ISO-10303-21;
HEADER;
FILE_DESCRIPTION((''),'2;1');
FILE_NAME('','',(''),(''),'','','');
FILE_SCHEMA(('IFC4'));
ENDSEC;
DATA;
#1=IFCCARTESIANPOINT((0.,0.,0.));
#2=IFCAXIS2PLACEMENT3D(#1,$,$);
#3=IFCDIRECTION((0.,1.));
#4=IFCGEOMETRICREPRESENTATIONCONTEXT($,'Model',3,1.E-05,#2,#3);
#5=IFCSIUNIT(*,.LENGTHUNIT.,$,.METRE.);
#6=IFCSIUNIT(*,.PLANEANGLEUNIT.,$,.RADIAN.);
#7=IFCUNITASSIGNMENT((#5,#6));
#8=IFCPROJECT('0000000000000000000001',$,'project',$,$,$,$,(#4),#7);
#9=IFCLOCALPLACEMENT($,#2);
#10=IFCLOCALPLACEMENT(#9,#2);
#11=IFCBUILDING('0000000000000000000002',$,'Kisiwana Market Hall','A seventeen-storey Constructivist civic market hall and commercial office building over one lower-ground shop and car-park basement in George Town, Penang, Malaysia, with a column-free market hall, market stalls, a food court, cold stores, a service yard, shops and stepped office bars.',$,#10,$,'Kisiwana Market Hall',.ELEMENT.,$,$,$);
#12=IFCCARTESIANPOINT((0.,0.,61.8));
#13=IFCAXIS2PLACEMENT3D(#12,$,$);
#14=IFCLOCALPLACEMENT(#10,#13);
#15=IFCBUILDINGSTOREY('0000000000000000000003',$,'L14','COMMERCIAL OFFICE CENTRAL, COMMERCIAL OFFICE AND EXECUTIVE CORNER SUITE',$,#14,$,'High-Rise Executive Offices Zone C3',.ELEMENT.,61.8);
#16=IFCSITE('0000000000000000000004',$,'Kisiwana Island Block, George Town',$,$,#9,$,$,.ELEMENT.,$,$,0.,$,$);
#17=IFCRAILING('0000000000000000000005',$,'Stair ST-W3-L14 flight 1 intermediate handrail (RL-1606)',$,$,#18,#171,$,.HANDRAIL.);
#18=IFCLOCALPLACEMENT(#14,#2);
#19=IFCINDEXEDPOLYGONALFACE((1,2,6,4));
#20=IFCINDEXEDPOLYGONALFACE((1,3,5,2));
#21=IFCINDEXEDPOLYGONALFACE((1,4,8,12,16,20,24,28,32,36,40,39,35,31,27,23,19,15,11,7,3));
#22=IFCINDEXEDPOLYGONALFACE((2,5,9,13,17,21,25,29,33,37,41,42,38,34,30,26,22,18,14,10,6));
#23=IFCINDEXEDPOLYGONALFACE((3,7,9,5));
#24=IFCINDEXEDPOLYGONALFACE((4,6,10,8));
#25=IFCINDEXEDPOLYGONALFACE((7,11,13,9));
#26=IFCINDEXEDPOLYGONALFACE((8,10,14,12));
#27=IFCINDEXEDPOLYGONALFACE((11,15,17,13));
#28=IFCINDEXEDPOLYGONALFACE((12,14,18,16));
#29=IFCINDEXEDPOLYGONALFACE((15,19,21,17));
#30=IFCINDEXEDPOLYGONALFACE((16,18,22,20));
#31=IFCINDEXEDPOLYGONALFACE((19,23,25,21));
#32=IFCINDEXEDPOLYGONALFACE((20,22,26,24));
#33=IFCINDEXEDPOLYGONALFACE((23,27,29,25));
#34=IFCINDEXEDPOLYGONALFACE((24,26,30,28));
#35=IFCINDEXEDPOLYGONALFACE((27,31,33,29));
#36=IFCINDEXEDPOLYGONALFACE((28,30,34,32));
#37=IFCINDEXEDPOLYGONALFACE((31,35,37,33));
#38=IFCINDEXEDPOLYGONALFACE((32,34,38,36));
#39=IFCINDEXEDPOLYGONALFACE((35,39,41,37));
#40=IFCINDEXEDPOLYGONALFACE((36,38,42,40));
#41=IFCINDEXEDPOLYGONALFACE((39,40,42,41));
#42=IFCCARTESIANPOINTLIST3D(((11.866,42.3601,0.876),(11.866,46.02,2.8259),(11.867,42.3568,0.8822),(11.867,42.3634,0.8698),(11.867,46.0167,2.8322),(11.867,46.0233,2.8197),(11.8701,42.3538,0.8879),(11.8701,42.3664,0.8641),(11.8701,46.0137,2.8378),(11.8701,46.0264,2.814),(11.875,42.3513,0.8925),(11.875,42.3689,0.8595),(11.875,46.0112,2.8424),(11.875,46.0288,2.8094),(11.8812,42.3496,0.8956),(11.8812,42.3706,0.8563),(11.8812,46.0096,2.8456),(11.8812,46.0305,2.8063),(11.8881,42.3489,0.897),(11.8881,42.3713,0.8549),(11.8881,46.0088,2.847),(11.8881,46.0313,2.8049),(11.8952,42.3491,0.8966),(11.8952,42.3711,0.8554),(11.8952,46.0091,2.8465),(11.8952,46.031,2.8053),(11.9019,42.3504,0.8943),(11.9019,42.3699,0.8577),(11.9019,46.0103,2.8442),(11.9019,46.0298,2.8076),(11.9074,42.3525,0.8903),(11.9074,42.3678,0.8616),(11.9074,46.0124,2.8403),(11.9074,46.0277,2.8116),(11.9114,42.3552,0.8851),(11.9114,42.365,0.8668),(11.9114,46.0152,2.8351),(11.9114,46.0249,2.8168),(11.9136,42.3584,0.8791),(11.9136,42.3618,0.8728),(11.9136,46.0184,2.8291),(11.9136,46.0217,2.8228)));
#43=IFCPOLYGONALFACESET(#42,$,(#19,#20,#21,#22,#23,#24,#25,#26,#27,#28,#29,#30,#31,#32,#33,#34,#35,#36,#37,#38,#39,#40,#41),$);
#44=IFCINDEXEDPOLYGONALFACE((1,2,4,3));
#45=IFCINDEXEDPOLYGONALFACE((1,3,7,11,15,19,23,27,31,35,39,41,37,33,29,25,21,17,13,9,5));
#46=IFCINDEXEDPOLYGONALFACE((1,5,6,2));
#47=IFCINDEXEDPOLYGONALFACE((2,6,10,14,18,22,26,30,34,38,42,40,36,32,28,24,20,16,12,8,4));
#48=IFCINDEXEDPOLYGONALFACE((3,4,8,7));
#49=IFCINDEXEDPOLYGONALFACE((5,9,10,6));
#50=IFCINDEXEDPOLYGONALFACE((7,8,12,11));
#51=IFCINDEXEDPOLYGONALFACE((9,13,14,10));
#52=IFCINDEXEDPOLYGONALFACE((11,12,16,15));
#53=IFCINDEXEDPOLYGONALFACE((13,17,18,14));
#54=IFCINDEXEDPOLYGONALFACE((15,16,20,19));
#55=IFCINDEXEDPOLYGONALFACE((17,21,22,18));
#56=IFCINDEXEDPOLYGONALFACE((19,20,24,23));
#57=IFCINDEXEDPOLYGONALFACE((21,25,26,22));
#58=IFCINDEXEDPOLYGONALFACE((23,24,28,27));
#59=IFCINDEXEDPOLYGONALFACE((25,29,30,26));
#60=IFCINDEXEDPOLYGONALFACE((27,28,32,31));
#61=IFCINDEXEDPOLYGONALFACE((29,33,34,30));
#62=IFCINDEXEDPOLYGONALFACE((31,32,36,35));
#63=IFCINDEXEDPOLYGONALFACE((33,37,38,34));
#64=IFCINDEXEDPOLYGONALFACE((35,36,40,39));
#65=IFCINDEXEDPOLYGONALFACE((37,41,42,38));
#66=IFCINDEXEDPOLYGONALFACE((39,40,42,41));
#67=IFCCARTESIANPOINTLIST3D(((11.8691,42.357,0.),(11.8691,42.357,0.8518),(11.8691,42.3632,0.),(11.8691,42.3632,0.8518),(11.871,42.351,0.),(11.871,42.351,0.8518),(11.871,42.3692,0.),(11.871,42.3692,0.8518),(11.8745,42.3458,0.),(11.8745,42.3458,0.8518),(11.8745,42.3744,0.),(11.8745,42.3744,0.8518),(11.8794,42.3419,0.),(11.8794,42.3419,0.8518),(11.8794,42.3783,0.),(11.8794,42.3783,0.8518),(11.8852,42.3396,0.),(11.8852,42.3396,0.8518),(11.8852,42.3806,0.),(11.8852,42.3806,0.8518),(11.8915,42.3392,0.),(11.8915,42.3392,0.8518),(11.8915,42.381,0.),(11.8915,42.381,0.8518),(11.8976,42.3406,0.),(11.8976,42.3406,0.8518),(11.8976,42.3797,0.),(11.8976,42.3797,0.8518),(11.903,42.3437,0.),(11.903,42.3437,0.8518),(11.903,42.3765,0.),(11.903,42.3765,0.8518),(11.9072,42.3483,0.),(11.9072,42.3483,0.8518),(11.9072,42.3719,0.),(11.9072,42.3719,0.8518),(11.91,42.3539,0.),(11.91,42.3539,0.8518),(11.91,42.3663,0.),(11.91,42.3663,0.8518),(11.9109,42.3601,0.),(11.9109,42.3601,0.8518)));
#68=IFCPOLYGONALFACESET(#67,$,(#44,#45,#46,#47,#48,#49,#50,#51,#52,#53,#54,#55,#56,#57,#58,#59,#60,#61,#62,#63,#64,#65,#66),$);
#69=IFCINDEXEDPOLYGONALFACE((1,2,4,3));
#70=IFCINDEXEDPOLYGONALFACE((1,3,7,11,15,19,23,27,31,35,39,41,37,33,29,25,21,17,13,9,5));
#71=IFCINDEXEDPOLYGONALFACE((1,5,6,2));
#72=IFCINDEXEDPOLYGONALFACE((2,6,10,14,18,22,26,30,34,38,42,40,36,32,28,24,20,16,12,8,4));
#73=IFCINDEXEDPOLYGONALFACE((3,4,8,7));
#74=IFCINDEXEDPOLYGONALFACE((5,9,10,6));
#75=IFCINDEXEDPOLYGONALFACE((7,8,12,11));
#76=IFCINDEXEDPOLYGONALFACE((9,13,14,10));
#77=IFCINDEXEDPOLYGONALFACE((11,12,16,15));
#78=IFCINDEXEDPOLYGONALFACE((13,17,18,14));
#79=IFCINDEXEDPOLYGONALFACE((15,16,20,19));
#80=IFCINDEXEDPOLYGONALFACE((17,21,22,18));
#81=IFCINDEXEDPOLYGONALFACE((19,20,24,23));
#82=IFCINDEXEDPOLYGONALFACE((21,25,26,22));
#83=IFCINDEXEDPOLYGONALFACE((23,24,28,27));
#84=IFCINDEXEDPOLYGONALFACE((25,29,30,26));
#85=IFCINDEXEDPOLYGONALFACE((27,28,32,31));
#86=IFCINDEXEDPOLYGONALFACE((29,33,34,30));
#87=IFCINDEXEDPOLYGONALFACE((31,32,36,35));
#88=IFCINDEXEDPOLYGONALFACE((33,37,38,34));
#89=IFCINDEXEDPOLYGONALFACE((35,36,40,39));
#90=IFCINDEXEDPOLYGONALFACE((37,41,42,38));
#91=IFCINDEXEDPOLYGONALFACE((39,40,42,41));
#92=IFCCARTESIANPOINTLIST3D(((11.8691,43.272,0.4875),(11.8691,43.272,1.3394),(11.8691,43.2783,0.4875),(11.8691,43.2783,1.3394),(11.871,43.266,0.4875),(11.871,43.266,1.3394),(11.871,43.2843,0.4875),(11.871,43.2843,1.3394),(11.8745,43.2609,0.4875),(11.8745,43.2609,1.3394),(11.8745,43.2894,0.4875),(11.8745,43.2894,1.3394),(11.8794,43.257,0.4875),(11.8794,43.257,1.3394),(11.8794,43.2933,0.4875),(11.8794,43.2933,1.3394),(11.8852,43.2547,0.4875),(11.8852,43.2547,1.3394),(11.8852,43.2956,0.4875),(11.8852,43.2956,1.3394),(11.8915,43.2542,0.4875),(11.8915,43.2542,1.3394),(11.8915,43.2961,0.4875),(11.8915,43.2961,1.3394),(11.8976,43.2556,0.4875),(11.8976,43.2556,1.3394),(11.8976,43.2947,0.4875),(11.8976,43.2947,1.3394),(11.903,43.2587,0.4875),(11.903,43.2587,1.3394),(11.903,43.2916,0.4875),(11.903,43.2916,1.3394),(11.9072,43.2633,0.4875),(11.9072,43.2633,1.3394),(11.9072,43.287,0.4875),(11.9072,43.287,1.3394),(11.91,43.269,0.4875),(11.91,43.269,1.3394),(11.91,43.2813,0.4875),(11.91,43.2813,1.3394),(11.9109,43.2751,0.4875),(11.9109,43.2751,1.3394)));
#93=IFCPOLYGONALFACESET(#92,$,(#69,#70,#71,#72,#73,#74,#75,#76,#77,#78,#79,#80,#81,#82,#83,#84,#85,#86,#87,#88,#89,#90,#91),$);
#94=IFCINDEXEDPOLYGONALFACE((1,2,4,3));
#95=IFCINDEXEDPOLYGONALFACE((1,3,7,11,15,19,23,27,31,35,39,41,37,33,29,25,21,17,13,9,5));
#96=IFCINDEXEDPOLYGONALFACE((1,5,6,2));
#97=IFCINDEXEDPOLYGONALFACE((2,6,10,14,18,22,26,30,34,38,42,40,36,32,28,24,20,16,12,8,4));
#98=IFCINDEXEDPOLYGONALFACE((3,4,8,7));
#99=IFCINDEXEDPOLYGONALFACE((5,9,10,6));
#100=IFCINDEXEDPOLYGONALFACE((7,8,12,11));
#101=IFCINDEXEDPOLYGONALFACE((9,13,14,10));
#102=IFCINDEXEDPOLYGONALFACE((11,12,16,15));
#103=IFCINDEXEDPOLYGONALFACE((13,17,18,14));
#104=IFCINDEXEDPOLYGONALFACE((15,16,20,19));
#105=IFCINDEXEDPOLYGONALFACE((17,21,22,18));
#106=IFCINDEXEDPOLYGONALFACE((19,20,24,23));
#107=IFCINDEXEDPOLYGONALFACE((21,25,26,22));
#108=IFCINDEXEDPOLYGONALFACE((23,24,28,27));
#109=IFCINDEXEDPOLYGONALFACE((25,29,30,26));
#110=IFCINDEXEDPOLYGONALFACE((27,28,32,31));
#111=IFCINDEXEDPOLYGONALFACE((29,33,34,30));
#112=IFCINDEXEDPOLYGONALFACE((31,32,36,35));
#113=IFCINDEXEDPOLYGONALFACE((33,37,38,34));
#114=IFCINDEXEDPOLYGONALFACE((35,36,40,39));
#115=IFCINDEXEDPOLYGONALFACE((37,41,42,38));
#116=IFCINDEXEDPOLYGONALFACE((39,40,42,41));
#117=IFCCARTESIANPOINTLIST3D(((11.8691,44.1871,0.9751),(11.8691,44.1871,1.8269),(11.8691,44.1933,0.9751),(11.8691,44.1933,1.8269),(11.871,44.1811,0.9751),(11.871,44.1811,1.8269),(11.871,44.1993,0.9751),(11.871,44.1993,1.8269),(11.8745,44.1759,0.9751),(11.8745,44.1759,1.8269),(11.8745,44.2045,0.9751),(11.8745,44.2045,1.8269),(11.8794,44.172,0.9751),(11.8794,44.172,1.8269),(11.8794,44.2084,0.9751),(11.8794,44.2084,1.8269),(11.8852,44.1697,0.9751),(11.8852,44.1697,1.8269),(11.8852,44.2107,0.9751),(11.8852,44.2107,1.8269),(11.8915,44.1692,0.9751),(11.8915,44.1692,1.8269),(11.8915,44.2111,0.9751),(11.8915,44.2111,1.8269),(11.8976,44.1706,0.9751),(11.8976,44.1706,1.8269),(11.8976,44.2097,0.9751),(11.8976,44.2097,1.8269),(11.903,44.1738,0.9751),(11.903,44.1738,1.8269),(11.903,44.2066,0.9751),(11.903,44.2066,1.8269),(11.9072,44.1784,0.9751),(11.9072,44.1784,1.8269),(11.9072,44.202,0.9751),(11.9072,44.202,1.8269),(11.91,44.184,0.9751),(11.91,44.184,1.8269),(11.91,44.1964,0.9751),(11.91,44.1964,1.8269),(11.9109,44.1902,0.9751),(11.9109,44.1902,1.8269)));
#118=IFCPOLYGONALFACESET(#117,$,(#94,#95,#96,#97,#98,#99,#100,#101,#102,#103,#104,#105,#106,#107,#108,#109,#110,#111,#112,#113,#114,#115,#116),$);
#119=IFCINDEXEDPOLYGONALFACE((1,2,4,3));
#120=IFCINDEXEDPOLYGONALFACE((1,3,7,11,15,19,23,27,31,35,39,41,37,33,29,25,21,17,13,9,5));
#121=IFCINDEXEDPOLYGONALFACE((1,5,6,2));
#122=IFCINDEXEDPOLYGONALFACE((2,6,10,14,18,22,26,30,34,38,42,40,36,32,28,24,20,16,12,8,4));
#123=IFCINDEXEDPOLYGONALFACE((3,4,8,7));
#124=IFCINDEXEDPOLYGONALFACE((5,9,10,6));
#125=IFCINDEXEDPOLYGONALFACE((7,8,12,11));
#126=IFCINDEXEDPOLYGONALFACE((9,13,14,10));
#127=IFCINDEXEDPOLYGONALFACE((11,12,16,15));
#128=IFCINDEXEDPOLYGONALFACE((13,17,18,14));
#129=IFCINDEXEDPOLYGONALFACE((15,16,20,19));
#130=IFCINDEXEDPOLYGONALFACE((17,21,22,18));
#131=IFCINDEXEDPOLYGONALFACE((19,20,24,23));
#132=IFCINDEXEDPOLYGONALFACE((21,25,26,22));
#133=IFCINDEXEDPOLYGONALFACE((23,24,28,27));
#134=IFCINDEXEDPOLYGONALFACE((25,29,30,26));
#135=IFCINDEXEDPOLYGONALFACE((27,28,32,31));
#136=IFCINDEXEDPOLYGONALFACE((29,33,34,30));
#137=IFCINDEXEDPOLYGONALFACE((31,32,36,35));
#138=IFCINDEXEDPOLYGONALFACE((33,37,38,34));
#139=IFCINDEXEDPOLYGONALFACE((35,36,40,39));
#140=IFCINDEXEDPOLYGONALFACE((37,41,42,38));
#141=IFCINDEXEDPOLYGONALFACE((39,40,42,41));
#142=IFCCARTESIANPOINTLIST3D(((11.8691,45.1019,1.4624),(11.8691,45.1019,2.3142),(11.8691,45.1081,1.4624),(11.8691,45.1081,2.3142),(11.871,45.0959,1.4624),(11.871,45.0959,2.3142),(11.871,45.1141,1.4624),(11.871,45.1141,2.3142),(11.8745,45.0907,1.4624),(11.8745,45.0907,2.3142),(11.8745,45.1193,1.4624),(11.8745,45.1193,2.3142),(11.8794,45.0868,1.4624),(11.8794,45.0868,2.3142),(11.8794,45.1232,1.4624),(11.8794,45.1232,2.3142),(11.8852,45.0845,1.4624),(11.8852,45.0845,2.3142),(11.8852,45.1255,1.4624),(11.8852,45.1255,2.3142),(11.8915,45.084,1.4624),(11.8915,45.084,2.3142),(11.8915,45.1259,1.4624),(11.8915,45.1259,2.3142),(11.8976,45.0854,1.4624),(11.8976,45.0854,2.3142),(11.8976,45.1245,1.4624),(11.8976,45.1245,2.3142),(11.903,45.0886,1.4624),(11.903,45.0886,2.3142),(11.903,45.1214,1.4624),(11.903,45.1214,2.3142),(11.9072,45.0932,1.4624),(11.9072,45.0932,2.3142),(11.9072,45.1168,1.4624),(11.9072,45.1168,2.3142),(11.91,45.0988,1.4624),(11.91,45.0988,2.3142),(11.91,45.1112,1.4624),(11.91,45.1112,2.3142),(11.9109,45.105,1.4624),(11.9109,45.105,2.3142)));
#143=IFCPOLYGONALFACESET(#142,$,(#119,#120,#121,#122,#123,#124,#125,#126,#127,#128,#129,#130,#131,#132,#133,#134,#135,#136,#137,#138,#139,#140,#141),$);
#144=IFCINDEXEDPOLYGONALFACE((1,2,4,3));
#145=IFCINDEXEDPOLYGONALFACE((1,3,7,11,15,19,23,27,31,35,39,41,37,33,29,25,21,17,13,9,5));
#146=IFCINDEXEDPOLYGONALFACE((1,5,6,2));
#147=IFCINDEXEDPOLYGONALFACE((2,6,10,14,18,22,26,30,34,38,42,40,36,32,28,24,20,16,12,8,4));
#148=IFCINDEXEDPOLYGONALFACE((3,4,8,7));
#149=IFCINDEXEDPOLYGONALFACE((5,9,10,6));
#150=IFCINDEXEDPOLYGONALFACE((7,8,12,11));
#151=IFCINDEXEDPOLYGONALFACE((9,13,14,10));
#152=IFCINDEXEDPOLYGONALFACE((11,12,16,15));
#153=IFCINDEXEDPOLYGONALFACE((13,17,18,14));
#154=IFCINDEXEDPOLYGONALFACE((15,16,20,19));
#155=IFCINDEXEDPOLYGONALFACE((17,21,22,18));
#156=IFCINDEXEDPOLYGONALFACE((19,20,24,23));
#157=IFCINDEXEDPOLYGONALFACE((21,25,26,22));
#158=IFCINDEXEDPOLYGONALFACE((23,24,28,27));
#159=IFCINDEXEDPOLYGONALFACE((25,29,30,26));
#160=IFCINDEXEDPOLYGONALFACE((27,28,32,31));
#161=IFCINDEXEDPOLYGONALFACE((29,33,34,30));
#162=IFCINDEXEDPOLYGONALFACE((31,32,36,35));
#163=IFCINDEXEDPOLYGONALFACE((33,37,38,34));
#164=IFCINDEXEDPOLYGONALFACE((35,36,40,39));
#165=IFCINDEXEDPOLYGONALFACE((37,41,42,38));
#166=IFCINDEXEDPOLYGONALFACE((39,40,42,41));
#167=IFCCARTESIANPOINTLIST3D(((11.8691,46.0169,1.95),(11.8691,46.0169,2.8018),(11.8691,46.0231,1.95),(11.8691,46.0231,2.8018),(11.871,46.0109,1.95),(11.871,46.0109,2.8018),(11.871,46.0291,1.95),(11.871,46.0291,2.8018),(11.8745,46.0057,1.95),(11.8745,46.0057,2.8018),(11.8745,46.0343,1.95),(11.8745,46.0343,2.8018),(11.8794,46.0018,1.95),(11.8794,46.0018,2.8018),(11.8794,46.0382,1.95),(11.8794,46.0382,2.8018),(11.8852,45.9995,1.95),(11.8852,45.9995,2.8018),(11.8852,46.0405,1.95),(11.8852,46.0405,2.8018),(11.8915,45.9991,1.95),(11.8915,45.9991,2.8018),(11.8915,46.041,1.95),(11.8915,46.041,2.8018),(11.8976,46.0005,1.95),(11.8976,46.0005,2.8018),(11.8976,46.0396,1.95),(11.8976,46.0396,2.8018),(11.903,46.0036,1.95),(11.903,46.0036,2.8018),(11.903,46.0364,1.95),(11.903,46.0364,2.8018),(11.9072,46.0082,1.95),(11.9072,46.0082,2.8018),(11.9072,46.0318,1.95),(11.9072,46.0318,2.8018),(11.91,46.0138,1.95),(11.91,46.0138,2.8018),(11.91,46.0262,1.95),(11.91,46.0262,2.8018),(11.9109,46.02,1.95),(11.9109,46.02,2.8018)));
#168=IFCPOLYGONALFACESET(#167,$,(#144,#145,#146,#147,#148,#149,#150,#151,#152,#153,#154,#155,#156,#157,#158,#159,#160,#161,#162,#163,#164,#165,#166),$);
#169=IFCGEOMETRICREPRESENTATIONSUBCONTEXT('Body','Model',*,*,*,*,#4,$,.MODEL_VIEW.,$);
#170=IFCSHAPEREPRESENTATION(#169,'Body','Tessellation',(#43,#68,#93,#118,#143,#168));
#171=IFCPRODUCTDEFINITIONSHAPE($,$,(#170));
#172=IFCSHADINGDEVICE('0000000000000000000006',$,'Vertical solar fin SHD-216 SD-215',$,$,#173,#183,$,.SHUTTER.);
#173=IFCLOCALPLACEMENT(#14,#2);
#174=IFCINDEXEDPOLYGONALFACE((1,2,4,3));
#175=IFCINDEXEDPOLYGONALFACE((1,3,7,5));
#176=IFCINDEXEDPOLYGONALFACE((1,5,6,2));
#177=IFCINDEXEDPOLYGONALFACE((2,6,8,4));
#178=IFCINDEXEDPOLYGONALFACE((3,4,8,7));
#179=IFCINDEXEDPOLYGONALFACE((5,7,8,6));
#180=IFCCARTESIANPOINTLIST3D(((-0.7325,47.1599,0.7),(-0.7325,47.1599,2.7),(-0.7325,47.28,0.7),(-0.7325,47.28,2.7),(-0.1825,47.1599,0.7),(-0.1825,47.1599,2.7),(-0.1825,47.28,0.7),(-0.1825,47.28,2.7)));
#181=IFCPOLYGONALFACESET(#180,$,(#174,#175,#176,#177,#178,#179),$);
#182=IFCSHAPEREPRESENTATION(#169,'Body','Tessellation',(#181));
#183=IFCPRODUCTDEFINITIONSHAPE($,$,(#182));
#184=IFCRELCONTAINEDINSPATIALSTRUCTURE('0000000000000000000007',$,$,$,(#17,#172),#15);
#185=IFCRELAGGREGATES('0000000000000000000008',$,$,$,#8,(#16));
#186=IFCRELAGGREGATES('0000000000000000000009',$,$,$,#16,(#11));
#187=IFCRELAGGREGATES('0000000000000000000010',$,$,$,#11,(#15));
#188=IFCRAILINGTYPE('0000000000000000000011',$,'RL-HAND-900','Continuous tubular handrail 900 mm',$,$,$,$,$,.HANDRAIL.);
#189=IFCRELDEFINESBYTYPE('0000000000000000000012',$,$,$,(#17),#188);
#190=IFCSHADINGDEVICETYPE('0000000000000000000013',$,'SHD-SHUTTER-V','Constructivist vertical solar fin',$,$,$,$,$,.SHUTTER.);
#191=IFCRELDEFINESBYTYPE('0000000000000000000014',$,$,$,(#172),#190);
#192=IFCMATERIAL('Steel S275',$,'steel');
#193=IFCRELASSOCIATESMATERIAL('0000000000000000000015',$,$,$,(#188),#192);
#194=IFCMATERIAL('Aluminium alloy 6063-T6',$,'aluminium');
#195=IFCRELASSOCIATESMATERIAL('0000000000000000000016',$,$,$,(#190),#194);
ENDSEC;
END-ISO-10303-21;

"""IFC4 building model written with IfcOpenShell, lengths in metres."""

from ifc_helpers import new_model, si_unit, direction, frame, origin, origin_2d, place, context, subcontext, project, spatial, rectangle, circle, extrude, material, type_object, element, save


model = new_model("IFC4")

# Units and contexts
model_context = context("Model", 3, precision=1e-05, world=origin(), true_north=direction((0.0, 1.0)))
body_context = subcontext(model_context, "Body", "Model", "MODEL_VIEW")
ifc_project = project(units=[si_unit("LENGTHUNIT", "METRE"), si_unit("PLANEANGLEUNIT", "RADIAN")], contexts=[model_context])

# Site, building, storey
site_placement = place(None, origin())
site = spatial("IfcSite", under=ifc_project, at=site_placement, Name="Kisiwana Island Block, George Town", CompositionType="ELEMENT", RefElevation=0.0)
building_placement = place(site_placement, origin())
building = spatial("IfcBuilding", under=site, at=building_placement, Name="Kisiwana Market Hall", Description="A seventeen-storey Constructivist civic market hall and commercial office building over one lower-ground shop and car-park basement in George Town, Penang, Malaysia, with a column-free market hall, market stalls, a food court, cold stores, a service yard, shops and stepped office bars.", LongName="Kisiwana Market Hall", CompositionType="ELEMENT")
storey_placement = place(building_placement, frame((0.0, 0.0, 61.8)))
storey = spatial("IfcBuildingStorey", under=building, at=storey_placement, Name="L14", Description="COMMERCIAL OFFICE CENTRAL, COMMERCIAL OFFICE AND EXECUTIVE CORNER SUITE", LongName="High-Rise Executive Offices Zone C3", CompositionType="ELEMENT", Elevation=61.8)

# Railing
ifc_material_1 = material(Name="Steel S275", Category="steel")
railing_type_1 = type_object("IfcRailingType", Name="RL-HAND-900", Description="Continuous tubular handrail 900 mm", PredefinedType="HANDRAIL", material=ifc_material_1)
for number, where, name in (
    (1, (11.8899, 42.3601, 0.0), "Stair ST-W3-L14 flight 1 intermediate handrail (RL-1606)"),
):
    element("IfcRailing", number, at=place(storey_placement, frame(where)), inside=storey, type_object=railing_type_1, Name=name, PredefinedType="HANDRAIL", context=body_context, shape_type="SweptSolid", body=[
        extrude(circle(Radius=0.0239, at=origin_2d()), frame((0.0, 0.0, 0.876), z_axis=(0.0, 0.882553, 0.470212), x_axis=(-1.0, 0.0, 0.0)), (0.0, 0.0, 1.0), 4.147),
        extrude(circle(Radius=0.021, at=origin_2d()), origin(), (0.0, 0.0, 1.0), 0.8518),
        extrude(circle(Radius=0.021, at=origin_2d()), frame((0.0, 0.915, 0.4875)), (0.0, 0.0, 1.0), 0.8518),
        extrude(circle(Radius=0.021, at=origin_2d()), frame((0.0, 1.8301, 0.9751)), (0.0, 0.0, 1.0), 0.8518),
        extrude(circle(Radius=0.021, at=origin_2d()), frame((0.0, 2.7449, 1.4624)), (0.0, 0.0, 1.0), 0.8518),
        extrude(circle(Radius=0.021, at=origin_2d()), frame((0.0, 3.6599, 1.95)), (0.0, 0.0, 1.0), 0.8518),
    ])

# Shading device
ifc_material_2 = material(Name="Aluminium alloy 6063-T6", Category="aluminium")
shading_device_type = type_object("IfcShadingDeviceType", Name="SHD-SHUTTER-V", Description="Constructivist vertical solar fin", PredefinedType="SHUTTER", material=ifc_material_2)
shading_device_placement = place(storey_placement, frame((-0.4575, 47.22, 0.7), z_axis=(0.0, 0.0, 1.0), x_axis=(0.0, 1.0, 0.0)))
element("IfcShadingDevice", 2, at=shading_device_placement, inside=storey, type_object=shading_device_type, Name="Vertical solar fin SHD-216 SD-215", PredefinedType="SHUTTER", context=body_context, shape_type="SweptSolid", body=[
    extrude(rectangle(XDim=0.1201, YDim=0.55, at=origin_2d()), origin(), (0.0, 0.0, 1.0), 2.0),
])

save(model, "model.ifc")
